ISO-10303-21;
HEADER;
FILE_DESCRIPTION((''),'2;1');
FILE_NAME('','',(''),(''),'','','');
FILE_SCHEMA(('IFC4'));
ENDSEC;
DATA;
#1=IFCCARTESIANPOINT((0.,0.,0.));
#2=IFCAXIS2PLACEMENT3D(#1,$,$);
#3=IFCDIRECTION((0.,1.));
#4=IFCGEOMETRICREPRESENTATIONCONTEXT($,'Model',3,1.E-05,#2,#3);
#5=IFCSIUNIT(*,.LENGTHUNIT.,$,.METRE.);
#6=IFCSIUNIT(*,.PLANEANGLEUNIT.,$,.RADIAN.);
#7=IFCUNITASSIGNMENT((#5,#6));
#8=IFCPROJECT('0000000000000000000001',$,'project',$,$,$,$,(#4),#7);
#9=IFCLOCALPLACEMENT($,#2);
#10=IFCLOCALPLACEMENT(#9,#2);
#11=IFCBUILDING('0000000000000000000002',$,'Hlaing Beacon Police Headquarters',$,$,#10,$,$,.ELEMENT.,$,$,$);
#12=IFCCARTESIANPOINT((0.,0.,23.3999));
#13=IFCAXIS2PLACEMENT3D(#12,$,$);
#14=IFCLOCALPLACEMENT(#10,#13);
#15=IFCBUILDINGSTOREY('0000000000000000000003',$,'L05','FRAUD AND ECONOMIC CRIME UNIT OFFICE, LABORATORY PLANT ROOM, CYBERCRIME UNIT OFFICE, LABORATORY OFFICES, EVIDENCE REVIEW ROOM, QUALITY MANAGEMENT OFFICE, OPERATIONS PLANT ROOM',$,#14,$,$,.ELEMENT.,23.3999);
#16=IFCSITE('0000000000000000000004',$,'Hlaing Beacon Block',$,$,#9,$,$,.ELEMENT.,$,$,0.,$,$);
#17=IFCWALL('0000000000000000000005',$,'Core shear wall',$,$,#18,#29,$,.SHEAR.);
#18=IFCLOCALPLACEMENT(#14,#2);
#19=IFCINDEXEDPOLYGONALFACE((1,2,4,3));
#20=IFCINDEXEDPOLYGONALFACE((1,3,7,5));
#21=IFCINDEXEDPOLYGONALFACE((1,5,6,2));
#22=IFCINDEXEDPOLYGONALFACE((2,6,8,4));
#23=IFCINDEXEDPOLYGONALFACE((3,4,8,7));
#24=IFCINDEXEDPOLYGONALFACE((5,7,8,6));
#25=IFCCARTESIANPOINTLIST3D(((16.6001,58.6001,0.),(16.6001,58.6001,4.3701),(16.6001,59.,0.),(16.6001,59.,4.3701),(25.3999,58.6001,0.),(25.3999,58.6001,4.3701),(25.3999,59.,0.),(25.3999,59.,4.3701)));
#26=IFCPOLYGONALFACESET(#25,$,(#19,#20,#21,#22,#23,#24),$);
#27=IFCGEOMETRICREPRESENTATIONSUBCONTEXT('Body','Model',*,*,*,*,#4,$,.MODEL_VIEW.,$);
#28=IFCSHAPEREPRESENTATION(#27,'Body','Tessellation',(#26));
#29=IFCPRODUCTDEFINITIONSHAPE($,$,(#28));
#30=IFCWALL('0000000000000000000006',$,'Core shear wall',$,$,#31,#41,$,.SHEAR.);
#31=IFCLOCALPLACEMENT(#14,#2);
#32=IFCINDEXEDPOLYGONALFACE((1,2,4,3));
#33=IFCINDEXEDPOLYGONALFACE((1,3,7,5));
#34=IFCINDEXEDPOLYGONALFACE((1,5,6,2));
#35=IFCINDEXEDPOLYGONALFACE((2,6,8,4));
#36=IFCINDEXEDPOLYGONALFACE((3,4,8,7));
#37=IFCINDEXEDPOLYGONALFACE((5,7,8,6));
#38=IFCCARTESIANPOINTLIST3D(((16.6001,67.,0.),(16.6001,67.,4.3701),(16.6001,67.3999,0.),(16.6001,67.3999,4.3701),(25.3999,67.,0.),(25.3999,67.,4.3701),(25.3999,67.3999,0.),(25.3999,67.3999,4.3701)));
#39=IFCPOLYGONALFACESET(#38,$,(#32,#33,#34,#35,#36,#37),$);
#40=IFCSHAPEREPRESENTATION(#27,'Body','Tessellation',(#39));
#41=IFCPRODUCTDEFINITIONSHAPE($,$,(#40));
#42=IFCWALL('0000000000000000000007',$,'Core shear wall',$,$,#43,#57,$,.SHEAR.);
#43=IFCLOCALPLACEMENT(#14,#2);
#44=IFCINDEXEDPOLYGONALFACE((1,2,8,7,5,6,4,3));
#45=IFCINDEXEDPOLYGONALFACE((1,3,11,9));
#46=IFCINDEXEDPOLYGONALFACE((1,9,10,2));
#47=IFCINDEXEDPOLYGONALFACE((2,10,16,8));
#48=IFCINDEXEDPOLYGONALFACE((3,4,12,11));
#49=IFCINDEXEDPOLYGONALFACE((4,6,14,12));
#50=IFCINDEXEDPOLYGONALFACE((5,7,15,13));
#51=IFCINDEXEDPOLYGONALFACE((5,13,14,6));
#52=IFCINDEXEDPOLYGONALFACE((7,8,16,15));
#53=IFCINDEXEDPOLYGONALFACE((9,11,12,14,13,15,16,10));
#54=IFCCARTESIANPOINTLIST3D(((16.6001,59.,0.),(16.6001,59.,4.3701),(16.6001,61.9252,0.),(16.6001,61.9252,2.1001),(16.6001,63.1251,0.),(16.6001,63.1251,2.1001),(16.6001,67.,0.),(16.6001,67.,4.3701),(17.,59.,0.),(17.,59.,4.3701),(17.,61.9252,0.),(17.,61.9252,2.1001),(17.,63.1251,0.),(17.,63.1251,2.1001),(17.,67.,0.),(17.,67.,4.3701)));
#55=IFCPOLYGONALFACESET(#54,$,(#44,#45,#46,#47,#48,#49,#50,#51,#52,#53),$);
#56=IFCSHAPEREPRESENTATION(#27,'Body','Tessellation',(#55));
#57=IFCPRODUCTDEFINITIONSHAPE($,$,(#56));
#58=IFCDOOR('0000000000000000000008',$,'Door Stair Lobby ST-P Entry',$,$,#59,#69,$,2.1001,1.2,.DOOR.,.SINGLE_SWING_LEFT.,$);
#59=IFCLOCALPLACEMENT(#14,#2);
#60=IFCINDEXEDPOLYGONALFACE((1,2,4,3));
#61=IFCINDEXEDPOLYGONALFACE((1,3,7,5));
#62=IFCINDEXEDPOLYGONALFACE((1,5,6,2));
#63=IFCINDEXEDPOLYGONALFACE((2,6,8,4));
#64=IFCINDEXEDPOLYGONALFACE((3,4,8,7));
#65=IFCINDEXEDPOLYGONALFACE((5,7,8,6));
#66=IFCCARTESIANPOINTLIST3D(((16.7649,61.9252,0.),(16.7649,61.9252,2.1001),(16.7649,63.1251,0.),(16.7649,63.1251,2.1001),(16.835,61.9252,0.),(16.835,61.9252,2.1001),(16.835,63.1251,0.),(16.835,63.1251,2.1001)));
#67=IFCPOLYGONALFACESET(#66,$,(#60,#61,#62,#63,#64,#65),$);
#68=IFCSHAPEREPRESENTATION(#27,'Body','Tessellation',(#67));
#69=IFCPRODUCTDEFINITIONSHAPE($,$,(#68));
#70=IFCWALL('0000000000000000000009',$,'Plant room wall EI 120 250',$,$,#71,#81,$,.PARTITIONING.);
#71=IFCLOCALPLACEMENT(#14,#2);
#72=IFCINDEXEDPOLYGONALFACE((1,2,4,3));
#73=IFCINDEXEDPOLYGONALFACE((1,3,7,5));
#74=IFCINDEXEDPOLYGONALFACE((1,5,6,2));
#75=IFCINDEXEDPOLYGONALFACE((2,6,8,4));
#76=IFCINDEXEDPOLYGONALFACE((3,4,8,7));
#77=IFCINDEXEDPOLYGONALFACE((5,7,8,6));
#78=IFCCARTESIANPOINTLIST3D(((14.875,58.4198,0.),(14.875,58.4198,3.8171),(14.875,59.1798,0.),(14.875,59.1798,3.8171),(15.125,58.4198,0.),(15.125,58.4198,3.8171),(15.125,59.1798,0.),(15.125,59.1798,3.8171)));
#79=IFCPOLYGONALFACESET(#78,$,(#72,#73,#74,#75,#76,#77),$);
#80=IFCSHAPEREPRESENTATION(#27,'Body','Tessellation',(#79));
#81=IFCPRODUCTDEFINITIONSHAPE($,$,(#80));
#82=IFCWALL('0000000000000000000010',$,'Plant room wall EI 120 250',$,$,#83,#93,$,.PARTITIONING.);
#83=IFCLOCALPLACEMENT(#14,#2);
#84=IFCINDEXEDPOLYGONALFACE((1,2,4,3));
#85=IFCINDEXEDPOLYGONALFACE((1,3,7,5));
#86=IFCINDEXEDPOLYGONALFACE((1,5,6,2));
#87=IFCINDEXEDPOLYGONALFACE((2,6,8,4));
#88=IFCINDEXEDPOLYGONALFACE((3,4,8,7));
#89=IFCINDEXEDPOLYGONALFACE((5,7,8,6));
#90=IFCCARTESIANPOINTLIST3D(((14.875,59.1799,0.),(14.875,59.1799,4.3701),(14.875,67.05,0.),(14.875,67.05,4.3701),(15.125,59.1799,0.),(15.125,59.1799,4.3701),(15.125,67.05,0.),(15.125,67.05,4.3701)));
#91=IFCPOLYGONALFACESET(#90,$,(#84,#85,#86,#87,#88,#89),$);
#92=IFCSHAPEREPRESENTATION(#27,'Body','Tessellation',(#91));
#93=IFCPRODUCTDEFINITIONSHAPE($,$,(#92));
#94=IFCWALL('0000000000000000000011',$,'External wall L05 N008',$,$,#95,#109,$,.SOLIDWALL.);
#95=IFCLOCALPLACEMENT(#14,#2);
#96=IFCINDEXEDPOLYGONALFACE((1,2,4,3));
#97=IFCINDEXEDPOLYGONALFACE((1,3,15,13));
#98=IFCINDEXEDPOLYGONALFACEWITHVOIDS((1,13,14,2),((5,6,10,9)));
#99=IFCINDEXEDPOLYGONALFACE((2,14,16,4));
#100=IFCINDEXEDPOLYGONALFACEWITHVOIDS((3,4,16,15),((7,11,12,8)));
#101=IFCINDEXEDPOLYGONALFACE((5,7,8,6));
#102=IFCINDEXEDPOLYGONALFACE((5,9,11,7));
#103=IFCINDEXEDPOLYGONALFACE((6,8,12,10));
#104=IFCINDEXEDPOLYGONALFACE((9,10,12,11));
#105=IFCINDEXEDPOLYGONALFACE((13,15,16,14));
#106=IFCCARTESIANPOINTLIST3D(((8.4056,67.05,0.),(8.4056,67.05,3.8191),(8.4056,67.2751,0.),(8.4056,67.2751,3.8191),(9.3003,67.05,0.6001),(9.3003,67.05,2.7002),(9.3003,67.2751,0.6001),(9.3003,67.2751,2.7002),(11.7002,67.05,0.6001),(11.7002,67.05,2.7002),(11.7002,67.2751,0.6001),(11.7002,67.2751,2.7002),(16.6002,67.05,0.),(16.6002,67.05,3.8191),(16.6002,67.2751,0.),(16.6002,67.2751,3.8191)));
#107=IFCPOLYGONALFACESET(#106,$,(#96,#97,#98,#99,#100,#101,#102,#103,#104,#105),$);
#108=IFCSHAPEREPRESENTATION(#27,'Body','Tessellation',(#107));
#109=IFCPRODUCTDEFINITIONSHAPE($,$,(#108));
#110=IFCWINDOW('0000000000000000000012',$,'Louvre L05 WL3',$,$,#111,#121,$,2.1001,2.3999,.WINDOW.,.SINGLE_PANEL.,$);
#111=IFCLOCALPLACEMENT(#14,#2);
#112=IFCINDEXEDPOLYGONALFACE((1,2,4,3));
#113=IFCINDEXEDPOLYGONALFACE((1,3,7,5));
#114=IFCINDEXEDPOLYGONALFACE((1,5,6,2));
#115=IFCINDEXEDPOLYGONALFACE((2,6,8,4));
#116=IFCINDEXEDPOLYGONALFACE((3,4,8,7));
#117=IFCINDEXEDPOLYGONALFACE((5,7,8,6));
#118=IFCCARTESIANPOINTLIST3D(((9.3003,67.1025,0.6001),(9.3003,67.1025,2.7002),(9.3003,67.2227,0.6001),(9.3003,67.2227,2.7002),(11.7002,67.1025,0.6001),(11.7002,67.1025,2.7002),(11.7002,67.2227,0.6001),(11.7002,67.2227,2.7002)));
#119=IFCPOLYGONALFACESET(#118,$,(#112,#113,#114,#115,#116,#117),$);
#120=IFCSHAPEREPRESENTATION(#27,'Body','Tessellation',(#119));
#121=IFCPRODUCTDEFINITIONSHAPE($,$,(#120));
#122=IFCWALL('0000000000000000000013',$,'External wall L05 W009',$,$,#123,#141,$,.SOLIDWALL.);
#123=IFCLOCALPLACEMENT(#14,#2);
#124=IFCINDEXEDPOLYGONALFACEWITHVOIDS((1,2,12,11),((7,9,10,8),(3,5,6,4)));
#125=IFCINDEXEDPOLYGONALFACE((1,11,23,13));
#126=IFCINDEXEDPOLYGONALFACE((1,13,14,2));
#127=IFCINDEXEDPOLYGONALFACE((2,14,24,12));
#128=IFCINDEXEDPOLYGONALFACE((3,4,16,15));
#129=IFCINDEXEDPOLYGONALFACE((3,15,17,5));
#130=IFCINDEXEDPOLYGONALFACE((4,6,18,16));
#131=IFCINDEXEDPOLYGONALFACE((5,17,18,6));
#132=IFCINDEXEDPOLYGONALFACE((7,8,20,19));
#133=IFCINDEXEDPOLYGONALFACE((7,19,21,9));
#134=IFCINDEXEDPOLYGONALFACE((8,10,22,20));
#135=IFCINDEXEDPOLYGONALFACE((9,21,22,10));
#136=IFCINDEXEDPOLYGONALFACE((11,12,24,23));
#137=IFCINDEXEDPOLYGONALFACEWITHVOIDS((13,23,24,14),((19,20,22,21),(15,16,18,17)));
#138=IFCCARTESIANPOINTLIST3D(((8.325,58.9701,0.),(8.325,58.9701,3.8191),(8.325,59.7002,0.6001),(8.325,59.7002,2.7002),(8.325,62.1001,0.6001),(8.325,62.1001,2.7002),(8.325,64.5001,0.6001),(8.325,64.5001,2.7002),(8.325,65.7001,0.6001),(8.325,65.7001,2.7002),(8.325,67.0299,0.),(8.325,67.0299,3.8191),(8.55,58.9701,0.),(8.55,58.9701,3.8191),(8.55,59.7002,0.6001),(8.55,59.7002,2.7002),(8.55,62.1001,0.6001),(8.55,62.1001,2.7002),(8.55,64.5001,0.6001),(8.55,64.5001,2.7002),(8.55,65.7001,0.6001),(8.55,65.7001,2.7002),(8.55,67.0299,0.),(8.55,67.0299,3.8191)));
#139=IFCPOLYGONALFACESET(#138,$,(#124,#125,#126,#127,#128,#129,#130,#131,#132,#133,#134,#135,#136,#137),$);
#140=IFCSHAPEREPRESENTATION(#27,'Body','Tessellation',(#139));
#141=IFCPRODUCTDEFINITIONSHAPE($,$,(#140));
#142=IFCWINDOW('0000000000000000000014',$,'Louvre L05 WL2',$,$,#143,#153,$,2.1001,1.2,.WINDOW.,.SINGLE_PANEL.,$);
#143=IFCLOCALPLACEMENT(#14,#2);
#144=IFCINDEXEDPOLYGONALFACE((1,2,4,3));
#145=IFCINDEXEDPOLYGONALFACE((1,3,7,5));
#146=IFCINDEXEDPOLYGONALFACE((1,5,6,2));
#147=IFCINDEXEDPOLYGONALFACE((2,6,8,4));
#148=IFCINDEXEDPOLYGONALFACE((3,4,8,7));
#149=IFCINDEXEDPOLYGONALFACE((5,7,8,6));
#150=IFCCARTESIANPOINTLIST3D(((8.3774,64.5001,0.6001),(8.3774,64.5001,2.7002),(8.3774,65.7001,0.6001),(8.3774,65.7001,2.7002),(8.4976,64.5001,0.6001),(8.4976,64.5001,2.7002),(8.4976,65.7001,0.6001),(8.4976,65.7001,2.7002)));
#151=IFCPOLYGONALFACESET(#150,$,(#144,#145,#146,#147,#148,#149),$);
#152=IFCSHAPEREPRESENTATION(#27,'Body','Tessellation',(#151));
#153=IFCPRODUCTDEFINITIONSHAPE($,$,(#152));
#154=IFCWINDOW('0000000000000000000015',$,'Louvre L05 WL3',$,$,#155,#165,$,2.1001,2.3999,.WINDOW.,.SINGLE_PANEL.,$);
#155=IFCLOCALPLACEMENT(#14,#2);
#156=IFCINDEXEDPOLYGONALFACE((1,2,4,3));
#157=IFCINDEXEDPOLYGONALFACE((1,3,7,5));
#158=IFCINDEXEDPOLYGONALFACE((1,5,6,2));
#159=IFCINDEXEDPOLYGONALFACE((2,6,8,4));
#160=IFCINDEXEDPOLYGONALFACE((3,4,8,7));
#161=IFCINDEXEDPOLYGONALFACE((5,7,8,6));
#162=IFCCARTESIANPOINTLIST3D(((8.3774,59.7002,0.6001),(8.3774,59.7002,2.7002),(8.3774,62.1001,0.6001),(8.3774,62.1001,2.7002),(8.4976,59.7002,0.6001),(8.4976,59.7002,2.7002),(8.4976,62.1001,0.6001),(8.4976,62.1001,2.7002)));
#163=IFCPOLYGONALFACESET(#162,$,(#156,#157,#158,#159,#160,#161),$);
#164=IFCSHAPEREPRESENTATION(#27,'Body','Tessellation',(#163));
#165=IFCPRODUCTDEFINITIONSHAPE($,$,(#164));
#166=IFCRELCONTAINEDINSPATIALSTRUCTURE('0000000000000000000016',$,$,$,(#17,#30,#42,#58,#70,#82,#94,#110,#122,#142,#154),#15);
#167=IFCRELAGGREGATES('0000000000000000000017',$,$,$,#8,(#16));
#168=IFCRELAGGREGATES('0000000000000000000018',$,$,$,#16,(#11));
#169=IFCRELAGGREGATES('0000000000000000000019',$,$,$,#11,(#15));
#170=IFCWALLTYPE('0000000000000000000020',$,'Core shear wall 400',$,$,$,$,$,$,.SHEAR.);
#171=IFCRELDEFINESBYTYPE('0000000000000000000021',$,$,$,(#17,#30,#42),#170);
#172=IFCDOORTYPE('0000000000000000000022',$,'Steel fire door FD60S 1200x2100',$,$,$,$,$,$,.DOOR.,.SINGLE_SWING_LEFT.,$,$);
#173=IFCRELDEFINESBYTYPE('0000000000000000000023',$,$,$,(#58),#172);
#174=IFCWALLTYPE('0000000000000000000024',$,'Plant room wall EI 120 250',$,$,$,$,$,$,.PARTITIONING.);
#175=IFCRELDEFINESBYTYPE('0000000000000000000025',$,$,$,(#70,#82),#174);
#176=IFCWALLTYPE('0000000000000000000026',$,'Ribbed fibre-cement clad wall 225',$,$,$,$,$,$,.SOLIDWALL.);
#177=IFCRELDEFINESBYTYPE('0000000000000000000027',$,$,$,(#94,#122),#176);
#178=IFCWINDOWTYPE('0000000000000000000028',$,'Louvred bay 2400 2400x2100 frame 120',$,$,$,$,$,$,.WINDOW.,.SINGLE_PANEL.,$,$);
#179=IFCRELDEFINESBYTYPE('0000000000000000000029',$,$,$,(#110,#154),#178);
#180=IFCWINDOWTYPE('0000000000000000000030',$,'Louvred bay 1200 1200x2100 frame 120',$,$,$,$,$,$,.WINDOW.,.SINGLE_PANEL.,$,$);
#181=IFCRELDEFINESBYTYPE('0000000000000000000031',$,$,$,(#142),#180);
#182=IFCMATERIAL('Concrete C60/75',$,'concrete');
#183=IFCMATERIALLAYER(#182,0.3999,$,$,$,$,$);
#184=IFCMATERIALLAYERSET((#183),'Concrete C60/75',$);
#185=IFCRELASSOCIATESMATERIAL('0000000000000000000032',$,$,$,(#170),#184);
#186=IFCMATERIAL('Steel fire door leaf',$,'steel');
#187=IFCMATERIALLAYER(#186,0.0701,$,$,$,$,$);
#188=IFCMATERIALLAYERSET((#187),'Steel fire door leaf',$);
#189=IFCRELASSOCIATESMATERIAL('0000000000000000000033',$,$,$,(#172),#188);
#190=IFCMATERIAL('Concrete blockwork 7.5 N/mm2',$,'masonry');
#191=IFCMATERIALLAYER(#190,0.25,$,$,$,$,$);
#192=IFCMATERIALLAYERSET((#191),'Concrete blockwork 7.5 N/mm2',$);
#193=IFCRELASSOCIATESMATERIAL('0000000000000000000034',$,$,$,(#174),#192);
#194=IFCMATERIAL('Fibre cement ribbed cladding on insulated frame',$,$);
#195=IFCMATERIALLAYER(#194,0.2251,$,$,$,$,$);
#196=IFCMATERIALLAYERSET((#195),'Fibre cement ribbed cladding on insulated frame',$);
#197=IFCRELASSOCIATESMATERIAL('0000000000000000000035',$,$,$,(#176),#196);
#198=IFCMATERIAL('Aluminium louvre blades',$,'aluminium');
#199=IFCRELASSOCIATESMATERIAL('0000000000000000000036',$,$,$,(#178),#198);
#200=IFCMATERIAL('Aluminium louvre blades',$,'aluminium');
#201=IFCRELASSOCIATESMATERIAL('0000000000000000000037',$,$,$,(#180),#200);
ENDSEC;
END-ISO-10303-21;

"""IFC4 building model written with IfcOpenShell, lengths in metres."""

from ifc_helpers import new_model, si_unit, direction, frame, frame_2d, origin, place, context, subcontext, project, spatial, rectangle, extrude, material, layer, layer_set, type_object, element, fill, save


model = new_model("IFC4")

# Units and contexts
model_context = context("Model", 3, precision=1e-05, world=origin(), true_north=direction((0.0, 1.0)))
body_context = subcontext(model_context, "Body", "Model", "MODEL_VIEW")
ifc_project = project(units=[si_unit("LENGTHUNIT", "METRE"), si_unit("PLANEANGLEUNIT", "RADIAN")], contexts=[model_context])

# Site, building, storey
site_placement = place(None, origin())
site = spatial("IfcSite", under=ifc_project, at=site_placement, Name="Hlaing Beacon Block", CompositionType="ELEMENT", RefElevation=0.0)
building_placement = place(site_placement, origin())
building = spatial("IfcBuilding", under=site, at=building_placement, Name="Hlaing Beacon Police Headquarters", CompositionType="ELEMENT")
storey_placement = place(building_placement, frame((0.0, 0.0, 23.3999)))
storey = spatial("IfcBuildingStorey", under=building, at=storey_placement, Name="L05", Description="FRAUD AND ECONOMIC CRIME UNIT OFFICE, LABORATORY PLANT ROOM, CYBERCRIME UNIT OFFICE, LABORATORY OFFICES, EVIDENCE REVIEW ROOM, QUALITY MANAGEMENT OFFICE, OPERATIONS PLANT ROOM", CompositionType="ELEMENT", Elevation=23.3999)

# Walls
ifc_material_1 = material(Name="Concrete C60/75", Category="concrete")
ifc_layer_1 = layer(ifc_material_1, 0.3999)
ifc_layer_set_1 = layer_set([ifc_layer_1], Name="Concrete C60/75")
wall_type_1 = type_object("IfcWallType", Name="Core shear wall 400", PredefinedType="SHEAR", material=ifc_layer_set_1)
for number, where, z_axis, x_axis, name in (
    (1, (16.6001, 58.8, 0.0), (0.0, 0.0, 1.0), (1.0, 0.0, 0.0), "Core shear wall"),
    (2, (16.6001, 67.2, 0.0), (0.0, 0.0, 1.0), (1.0, 0.0, 0.0), "Core shear wall"),
):
    element("IfcWall", number, at=place(storey_placement, frame(where, z_axis=z_axis, x_axis=x_axis)), inside=storey, type_object=wall_type_1, Name=name, PredefinedType="SHEAR", context=body_context, shape_type="SweptSolid", body=[
        extrude(rectangle(XDim=8.7998, YDim=0.3999, at=frame_2d((4.3999, 0.0))), origin(), (0.0, 0.0, 1.0), 4.3701),
    ])

# Wall, opening, door
wall_1_placement = place(storey_placement, frame((16.8, 59.0, 0.0), z_axis=(0.0, 0.0, 1.0), x_axis=(0.0, 1.0, 0.0)))
wall_1 = element("IfcWall", 3, at=wall_1_placement, inside=storey, type_object=wall_type_1, Name="Core shear wall", PredefinedType="SHEAR", context=body_context, shape_type="SweptSolid", body=[
    extrude(rectangle(XDim=8.0, YDim=0.3999, at=frame_2d((4.0, 0.0))), origin(), (0.0, 0.0, 1.0), 4.3701),
])
opening_1_placement = place(wall_1_placement, frame((2.925, 0.0, 0.0)))
opening_1 = element("IfcOpeningElement", 4, at=opening_1_placement, cuts=wall_1, PredefinedType="OPENING", context=body_context, shape_type="SweptSolid", body=[
    extrude(rectangle(XDim=1.2, YDim=2.1001, at=frame_2d((0.6001, 1.05))), frame((0.0, 0.21, 0.0), z_axis=(0.0, -1.0, 0.0), x_axis=(1.0, 0.0, 0.0)), (0.0, 0.0, 1.0), 0.4199),
])
ifc_material_2 = material(Name="Steel fire door leaf", Category="steel")
ifc_layer_2 = layer(ifc_material_2, 0.0701)
ifc_layer_set_2 = layer_set([ifc_layer_2], Name="Steel fire door leaf")
door_type = type_object("IfcDoorType", Name="Steel fire door FD60S 1200x2100", OperationType="SINGLE_SWING_LEFT", PredefinedType="DOOR", material=ifc_layer_set_2)
door_placement = place(opening_1_placement, frame((1.2, 0.0, 0.0), z_axis=(0.0, 0.0, 1.0), x_axis=(-1.0, 0.0, 0.0)))
door = element("IfcDoor", 5, at=door_placement, inside=storey, type_object=door_type, Name="Door Stair Lobby ST-P Entry", OperationType="SINGLE_SWING_LEFT", OverallHeight=2.1001, OverallWidth=1.2, PredefinedType="DOOR", context=body_context, shape_type="SweptSolid", body=[
    extrude(rectangle(XDim=1.2, YDim=2.1001, at=frame_2d((0.5999, 1.05))), frame((0.0, 0.0349, 0.0), z_axis=(0.0, -1.0, 0.0), x_axis=(1.0, 0.0, 0.0)), (0.0, 0.0, 1.0), 0.0701),
])
fill(opening_1, door)

# Walls
ifc_material_3 = material(Name="Concrete blockwork 7.5 N/mm2", Category="masonry")
ifc_layer_3 = layer(ifc_material_3, 0.25)
ifc_layer_set_3 = layer_set([ifc_layer_3], Name="Concrete blockwork 7.5 N/mm2")
wall_type_2 = type_object("IfcWallType", Name="Plant room wall EI 120 250", PredefinedType="PARTITIONING", material=ifc_layer_set_3)
wall_2_placement = place(storey_placement, frame((15.0, 58.4199, 0.0), z_axis=(0.0, 0.0, 1.0), x_axis=(0.0, 1.0, 0.0)))
element("IfcWall", 6, at=wall_2_placement, inside=storey, type_object=wall_type_2, Name="Plant room wall EI 120 250", PredefinedType="PARTITIONING", context=body_context, shape_type="SweptSolid", body=[
    extrude(rectangle(XDim=0.76, YDim=0.25, at=frame_2d((0.3799, 0.0))), origin(), (0.0, 0.0, 1.0), 3.8171),
])
wall_3_placement = place(storey_placement, frame((15.0, 59.1799, 0.0), z_axis=(0.0, 0.0, 1.0), x_axis=(0.0, 1.0, 0.0)))
element("IfcWall", 7, at=wall_3_placement, inside=storey, type_object=wall_type_2, Name="Plant room wall EI 120 250", PredefinedType="PARTITIONING", context=body_context, shape_type="SweptSolid", body=[
    extrude(rectangle(XDim=7.8701, YDim=0.25, at=frame_2d((3.9351, 0.0))), origin(), (0.0, 0.0, 1.0), 4.3701),
])

# Wall, opening, window
ifc_material_4 = material(Name="Fibre cement ribbed cladding on insulated frame")
ifc_layer_4 = layer(ifc_material_4, 0.2251)
ifc_layer_set_4 = layer_set([ifc_layer_4], Name="Fibre cement ribbed cladding on insulated frame")
wall_type_3 = type_object("IfcWallType", Name="Ribbed fibre-cement clad wall 225", PredefinedType="SOLIDWALL", material=ifc_layer_set_4)
wall_4_placement = place(storey_placement, frame((16.6001, 67.1626, 0.0), z_axis=(0.0, 0.0, 1.0), x_axis=(-1.0, 0.0, 0.0)))
wall_4 = element("IfcWall", 8, at=wall_4_placement, inside=storey, type_object=wall_type_3, Name="External wall L05 N008", PredefinedType="SOLIDWALL", context=body_context, shape_type="SweptSolid", body=[
    extrude(rectangle(XDim=8.1946, YDim=0.2251, at=frame_2d((4.0972, 0.0))), origin(), (0.0, 0.0, 1.0), 3.8191),
])
opening_2_placement = place(wall_4_placement, frame((4.8999, 0.0, 0.6001)))
opening_2 = element("IfcOpeningElement", 9, at=opening_2_placement, cuts=wall_4, PredefinedType="OPENING", context=body_context, shape_type="SweptSolid", body=[
    extrude(rectangle(XDim=2.3999, YDim=2.1001, at=frame_2d((1.2, 1.05))), frame((0.0, 0.1226, 0.0), z_axis=(0.0, -1.0, 0.0), x_axis=(1.0, 0.0, 0.0)), (0.0, 0.0, 1.0), 0.2451),
])
ifc_material_5 = material(Name="Aluminium louvre blades", Category="aluminium")
window_type_1 = type_object("IfcWindowType", Name="Louvred bay 2400 2400x2100 frame 120", PartitioningType="SINGLE_PANEL", PredefinedType="WINDOW", material=ifc_material_5)
window_1_placement = place(opening_2_placement, origin())
window_1 = element("IfcWindow", 10, at=window_1_placement, inside=storey, type_object=window_type_1, Name="Louvre L05 WL3", OverallHeight=2.1001, OverallWidth=2.3999, PartitioningType="SINGLE_PANEL", PredefinedType="WINDOW", context=body_context, shape_type="SweptSolid", body=[
    extrude(rectangle(XDim=2.3999, YDim=2.1001, at=frame_2d((1.2, 1.05))), frame((0.0, 0.0601, 0.0), z_axis=(0.0, -1.0, 0.0), x_axis=(1.0, 0.0, 0.0)), (0.0, 0.0, 1.0), 0.1201),
])
fill(opening_2, window_1)

# Wall, openings, windows
wall_5_placement = place(storey_placement, frame((8.4375, 67.0298, 0.0), z_axis=(0.0, 0.0, 1.0), x_axis=(0.0, -1.0, 0.0)))
wall_5 = element("IfcWall", 11, at=wall_5_placement, inside=storey, type_object=wall_type_3, Name="External wall L05 W009", PredefinedType="SOLIDWALL", context=body_context, shape_type="SweptSolid", body=[
    extrude(rectangle(XDim=8.0598, YDim=0.2251, at=frame_2d((4.0298, 0.0))), origin(), (0.0, 0.0, 1.0), 3.8191),
])
opening_3_placement = place(wall_5_placement, frame((1.3296, 0.0, 0.6001)))
opening_3 = element("IfcOpeningElement", 12, at=opening_3_placement, cuts=wall_5, PredefinedType="OPENING", context=body_context, shape_type="SweptSolid", body=[
    extrude(rectangle(XDim=1.2, YDim=2.1001, at=frame_2d((0.6001, 1.05))), frame((0.0, 0.1226, 0.0), z_axis=(0.0, -1.0, 0.0), x_axis=(1.0, 0.0, 0.0)), (0.0, 0.0, 1.0), 0.2451),
])
opening_4_placement = place(wall_5_placement, frame((4.9297, 0.0, 0.6001)))
opening_4 = element("IfcOpeningElement", 13, at=opening_4_placement, cuts=wall_5, PredefinedType="OPENING", context=body_context, shape_type="SweptSolid", body=[
    extrude(rectangle(XDim=2.3999, YDim=2.1001, at=frame_2d((1.2, 1.05))), frame((0.0, 0.1226, 0.0), z_axis=(0.0, -1.0, 0.0), x_axis=(1.0, 0.0, 0.0)), (0.0, 0.0, 1.0), 0.2451),
])
ifc_material_6 = material(Name="Aluminium louvre blades", Category="aluminium")
window_type_2 = type_object("IfcWindowType", Name="Louvred bay 1200 1200x2100 frame 120", PartitioningType="SINGLE_PANEL", PredefinedType="WINDOW", material=ifc_material_6)
window_2_placement = place(opening_3_placement, origin())
window_2 = element("IfcWindow", 14, at=window_2_placement, inside=storey, type_object=window_type_2, Name="Louvre L05 WL2", OverallHeight=2.1001, OverallWidth=1.2, PartitioningType="SINGLE_PANEL", PredefinedType="WINDOW", context=body_context, shape_type="SweptSolid", body=[
    extrude(rectangle(XDim=1.2, YDim=2.1001, at=frame_2d((0.6001, 1.05))), frame((0.0, 0.0601, 0.0), z_axis=(0.0, -1.0, 0.0), x_axis=(1.0, 0.0, 0.0)), (0.0, 0.0, 1.0), 0.1201),
])
fill(opening_3, window_2)
window_3_placement = place(opening_4_placement, origin())
window_3 = element("IfcWindow", 15, at=window_3_placement, inside=storey, type_object=window_type_1, Name="Louvre L05 WL3", OverallHeight=2.1001, OverallWidth=2.3999, PartitioningType="SINGLE_PANEL", PredefinedType="WINDOW", context=body_context, shape_type="SweptSolid", body=[
    extrude(rectangle(XDim=2.3999, YDim=2.1001, at=frame_2d((1.2, 1.05))), frame((0.0, 0.0601, 0.0), z_axis=(0.0, -1.0, 0.0), x_axis=(1.0, 0.0, 0.0)), (0.0, 0.0, 1.0), 0.1201),
])
fill(opening_4, window_3)

save(model, "model.ifc")
